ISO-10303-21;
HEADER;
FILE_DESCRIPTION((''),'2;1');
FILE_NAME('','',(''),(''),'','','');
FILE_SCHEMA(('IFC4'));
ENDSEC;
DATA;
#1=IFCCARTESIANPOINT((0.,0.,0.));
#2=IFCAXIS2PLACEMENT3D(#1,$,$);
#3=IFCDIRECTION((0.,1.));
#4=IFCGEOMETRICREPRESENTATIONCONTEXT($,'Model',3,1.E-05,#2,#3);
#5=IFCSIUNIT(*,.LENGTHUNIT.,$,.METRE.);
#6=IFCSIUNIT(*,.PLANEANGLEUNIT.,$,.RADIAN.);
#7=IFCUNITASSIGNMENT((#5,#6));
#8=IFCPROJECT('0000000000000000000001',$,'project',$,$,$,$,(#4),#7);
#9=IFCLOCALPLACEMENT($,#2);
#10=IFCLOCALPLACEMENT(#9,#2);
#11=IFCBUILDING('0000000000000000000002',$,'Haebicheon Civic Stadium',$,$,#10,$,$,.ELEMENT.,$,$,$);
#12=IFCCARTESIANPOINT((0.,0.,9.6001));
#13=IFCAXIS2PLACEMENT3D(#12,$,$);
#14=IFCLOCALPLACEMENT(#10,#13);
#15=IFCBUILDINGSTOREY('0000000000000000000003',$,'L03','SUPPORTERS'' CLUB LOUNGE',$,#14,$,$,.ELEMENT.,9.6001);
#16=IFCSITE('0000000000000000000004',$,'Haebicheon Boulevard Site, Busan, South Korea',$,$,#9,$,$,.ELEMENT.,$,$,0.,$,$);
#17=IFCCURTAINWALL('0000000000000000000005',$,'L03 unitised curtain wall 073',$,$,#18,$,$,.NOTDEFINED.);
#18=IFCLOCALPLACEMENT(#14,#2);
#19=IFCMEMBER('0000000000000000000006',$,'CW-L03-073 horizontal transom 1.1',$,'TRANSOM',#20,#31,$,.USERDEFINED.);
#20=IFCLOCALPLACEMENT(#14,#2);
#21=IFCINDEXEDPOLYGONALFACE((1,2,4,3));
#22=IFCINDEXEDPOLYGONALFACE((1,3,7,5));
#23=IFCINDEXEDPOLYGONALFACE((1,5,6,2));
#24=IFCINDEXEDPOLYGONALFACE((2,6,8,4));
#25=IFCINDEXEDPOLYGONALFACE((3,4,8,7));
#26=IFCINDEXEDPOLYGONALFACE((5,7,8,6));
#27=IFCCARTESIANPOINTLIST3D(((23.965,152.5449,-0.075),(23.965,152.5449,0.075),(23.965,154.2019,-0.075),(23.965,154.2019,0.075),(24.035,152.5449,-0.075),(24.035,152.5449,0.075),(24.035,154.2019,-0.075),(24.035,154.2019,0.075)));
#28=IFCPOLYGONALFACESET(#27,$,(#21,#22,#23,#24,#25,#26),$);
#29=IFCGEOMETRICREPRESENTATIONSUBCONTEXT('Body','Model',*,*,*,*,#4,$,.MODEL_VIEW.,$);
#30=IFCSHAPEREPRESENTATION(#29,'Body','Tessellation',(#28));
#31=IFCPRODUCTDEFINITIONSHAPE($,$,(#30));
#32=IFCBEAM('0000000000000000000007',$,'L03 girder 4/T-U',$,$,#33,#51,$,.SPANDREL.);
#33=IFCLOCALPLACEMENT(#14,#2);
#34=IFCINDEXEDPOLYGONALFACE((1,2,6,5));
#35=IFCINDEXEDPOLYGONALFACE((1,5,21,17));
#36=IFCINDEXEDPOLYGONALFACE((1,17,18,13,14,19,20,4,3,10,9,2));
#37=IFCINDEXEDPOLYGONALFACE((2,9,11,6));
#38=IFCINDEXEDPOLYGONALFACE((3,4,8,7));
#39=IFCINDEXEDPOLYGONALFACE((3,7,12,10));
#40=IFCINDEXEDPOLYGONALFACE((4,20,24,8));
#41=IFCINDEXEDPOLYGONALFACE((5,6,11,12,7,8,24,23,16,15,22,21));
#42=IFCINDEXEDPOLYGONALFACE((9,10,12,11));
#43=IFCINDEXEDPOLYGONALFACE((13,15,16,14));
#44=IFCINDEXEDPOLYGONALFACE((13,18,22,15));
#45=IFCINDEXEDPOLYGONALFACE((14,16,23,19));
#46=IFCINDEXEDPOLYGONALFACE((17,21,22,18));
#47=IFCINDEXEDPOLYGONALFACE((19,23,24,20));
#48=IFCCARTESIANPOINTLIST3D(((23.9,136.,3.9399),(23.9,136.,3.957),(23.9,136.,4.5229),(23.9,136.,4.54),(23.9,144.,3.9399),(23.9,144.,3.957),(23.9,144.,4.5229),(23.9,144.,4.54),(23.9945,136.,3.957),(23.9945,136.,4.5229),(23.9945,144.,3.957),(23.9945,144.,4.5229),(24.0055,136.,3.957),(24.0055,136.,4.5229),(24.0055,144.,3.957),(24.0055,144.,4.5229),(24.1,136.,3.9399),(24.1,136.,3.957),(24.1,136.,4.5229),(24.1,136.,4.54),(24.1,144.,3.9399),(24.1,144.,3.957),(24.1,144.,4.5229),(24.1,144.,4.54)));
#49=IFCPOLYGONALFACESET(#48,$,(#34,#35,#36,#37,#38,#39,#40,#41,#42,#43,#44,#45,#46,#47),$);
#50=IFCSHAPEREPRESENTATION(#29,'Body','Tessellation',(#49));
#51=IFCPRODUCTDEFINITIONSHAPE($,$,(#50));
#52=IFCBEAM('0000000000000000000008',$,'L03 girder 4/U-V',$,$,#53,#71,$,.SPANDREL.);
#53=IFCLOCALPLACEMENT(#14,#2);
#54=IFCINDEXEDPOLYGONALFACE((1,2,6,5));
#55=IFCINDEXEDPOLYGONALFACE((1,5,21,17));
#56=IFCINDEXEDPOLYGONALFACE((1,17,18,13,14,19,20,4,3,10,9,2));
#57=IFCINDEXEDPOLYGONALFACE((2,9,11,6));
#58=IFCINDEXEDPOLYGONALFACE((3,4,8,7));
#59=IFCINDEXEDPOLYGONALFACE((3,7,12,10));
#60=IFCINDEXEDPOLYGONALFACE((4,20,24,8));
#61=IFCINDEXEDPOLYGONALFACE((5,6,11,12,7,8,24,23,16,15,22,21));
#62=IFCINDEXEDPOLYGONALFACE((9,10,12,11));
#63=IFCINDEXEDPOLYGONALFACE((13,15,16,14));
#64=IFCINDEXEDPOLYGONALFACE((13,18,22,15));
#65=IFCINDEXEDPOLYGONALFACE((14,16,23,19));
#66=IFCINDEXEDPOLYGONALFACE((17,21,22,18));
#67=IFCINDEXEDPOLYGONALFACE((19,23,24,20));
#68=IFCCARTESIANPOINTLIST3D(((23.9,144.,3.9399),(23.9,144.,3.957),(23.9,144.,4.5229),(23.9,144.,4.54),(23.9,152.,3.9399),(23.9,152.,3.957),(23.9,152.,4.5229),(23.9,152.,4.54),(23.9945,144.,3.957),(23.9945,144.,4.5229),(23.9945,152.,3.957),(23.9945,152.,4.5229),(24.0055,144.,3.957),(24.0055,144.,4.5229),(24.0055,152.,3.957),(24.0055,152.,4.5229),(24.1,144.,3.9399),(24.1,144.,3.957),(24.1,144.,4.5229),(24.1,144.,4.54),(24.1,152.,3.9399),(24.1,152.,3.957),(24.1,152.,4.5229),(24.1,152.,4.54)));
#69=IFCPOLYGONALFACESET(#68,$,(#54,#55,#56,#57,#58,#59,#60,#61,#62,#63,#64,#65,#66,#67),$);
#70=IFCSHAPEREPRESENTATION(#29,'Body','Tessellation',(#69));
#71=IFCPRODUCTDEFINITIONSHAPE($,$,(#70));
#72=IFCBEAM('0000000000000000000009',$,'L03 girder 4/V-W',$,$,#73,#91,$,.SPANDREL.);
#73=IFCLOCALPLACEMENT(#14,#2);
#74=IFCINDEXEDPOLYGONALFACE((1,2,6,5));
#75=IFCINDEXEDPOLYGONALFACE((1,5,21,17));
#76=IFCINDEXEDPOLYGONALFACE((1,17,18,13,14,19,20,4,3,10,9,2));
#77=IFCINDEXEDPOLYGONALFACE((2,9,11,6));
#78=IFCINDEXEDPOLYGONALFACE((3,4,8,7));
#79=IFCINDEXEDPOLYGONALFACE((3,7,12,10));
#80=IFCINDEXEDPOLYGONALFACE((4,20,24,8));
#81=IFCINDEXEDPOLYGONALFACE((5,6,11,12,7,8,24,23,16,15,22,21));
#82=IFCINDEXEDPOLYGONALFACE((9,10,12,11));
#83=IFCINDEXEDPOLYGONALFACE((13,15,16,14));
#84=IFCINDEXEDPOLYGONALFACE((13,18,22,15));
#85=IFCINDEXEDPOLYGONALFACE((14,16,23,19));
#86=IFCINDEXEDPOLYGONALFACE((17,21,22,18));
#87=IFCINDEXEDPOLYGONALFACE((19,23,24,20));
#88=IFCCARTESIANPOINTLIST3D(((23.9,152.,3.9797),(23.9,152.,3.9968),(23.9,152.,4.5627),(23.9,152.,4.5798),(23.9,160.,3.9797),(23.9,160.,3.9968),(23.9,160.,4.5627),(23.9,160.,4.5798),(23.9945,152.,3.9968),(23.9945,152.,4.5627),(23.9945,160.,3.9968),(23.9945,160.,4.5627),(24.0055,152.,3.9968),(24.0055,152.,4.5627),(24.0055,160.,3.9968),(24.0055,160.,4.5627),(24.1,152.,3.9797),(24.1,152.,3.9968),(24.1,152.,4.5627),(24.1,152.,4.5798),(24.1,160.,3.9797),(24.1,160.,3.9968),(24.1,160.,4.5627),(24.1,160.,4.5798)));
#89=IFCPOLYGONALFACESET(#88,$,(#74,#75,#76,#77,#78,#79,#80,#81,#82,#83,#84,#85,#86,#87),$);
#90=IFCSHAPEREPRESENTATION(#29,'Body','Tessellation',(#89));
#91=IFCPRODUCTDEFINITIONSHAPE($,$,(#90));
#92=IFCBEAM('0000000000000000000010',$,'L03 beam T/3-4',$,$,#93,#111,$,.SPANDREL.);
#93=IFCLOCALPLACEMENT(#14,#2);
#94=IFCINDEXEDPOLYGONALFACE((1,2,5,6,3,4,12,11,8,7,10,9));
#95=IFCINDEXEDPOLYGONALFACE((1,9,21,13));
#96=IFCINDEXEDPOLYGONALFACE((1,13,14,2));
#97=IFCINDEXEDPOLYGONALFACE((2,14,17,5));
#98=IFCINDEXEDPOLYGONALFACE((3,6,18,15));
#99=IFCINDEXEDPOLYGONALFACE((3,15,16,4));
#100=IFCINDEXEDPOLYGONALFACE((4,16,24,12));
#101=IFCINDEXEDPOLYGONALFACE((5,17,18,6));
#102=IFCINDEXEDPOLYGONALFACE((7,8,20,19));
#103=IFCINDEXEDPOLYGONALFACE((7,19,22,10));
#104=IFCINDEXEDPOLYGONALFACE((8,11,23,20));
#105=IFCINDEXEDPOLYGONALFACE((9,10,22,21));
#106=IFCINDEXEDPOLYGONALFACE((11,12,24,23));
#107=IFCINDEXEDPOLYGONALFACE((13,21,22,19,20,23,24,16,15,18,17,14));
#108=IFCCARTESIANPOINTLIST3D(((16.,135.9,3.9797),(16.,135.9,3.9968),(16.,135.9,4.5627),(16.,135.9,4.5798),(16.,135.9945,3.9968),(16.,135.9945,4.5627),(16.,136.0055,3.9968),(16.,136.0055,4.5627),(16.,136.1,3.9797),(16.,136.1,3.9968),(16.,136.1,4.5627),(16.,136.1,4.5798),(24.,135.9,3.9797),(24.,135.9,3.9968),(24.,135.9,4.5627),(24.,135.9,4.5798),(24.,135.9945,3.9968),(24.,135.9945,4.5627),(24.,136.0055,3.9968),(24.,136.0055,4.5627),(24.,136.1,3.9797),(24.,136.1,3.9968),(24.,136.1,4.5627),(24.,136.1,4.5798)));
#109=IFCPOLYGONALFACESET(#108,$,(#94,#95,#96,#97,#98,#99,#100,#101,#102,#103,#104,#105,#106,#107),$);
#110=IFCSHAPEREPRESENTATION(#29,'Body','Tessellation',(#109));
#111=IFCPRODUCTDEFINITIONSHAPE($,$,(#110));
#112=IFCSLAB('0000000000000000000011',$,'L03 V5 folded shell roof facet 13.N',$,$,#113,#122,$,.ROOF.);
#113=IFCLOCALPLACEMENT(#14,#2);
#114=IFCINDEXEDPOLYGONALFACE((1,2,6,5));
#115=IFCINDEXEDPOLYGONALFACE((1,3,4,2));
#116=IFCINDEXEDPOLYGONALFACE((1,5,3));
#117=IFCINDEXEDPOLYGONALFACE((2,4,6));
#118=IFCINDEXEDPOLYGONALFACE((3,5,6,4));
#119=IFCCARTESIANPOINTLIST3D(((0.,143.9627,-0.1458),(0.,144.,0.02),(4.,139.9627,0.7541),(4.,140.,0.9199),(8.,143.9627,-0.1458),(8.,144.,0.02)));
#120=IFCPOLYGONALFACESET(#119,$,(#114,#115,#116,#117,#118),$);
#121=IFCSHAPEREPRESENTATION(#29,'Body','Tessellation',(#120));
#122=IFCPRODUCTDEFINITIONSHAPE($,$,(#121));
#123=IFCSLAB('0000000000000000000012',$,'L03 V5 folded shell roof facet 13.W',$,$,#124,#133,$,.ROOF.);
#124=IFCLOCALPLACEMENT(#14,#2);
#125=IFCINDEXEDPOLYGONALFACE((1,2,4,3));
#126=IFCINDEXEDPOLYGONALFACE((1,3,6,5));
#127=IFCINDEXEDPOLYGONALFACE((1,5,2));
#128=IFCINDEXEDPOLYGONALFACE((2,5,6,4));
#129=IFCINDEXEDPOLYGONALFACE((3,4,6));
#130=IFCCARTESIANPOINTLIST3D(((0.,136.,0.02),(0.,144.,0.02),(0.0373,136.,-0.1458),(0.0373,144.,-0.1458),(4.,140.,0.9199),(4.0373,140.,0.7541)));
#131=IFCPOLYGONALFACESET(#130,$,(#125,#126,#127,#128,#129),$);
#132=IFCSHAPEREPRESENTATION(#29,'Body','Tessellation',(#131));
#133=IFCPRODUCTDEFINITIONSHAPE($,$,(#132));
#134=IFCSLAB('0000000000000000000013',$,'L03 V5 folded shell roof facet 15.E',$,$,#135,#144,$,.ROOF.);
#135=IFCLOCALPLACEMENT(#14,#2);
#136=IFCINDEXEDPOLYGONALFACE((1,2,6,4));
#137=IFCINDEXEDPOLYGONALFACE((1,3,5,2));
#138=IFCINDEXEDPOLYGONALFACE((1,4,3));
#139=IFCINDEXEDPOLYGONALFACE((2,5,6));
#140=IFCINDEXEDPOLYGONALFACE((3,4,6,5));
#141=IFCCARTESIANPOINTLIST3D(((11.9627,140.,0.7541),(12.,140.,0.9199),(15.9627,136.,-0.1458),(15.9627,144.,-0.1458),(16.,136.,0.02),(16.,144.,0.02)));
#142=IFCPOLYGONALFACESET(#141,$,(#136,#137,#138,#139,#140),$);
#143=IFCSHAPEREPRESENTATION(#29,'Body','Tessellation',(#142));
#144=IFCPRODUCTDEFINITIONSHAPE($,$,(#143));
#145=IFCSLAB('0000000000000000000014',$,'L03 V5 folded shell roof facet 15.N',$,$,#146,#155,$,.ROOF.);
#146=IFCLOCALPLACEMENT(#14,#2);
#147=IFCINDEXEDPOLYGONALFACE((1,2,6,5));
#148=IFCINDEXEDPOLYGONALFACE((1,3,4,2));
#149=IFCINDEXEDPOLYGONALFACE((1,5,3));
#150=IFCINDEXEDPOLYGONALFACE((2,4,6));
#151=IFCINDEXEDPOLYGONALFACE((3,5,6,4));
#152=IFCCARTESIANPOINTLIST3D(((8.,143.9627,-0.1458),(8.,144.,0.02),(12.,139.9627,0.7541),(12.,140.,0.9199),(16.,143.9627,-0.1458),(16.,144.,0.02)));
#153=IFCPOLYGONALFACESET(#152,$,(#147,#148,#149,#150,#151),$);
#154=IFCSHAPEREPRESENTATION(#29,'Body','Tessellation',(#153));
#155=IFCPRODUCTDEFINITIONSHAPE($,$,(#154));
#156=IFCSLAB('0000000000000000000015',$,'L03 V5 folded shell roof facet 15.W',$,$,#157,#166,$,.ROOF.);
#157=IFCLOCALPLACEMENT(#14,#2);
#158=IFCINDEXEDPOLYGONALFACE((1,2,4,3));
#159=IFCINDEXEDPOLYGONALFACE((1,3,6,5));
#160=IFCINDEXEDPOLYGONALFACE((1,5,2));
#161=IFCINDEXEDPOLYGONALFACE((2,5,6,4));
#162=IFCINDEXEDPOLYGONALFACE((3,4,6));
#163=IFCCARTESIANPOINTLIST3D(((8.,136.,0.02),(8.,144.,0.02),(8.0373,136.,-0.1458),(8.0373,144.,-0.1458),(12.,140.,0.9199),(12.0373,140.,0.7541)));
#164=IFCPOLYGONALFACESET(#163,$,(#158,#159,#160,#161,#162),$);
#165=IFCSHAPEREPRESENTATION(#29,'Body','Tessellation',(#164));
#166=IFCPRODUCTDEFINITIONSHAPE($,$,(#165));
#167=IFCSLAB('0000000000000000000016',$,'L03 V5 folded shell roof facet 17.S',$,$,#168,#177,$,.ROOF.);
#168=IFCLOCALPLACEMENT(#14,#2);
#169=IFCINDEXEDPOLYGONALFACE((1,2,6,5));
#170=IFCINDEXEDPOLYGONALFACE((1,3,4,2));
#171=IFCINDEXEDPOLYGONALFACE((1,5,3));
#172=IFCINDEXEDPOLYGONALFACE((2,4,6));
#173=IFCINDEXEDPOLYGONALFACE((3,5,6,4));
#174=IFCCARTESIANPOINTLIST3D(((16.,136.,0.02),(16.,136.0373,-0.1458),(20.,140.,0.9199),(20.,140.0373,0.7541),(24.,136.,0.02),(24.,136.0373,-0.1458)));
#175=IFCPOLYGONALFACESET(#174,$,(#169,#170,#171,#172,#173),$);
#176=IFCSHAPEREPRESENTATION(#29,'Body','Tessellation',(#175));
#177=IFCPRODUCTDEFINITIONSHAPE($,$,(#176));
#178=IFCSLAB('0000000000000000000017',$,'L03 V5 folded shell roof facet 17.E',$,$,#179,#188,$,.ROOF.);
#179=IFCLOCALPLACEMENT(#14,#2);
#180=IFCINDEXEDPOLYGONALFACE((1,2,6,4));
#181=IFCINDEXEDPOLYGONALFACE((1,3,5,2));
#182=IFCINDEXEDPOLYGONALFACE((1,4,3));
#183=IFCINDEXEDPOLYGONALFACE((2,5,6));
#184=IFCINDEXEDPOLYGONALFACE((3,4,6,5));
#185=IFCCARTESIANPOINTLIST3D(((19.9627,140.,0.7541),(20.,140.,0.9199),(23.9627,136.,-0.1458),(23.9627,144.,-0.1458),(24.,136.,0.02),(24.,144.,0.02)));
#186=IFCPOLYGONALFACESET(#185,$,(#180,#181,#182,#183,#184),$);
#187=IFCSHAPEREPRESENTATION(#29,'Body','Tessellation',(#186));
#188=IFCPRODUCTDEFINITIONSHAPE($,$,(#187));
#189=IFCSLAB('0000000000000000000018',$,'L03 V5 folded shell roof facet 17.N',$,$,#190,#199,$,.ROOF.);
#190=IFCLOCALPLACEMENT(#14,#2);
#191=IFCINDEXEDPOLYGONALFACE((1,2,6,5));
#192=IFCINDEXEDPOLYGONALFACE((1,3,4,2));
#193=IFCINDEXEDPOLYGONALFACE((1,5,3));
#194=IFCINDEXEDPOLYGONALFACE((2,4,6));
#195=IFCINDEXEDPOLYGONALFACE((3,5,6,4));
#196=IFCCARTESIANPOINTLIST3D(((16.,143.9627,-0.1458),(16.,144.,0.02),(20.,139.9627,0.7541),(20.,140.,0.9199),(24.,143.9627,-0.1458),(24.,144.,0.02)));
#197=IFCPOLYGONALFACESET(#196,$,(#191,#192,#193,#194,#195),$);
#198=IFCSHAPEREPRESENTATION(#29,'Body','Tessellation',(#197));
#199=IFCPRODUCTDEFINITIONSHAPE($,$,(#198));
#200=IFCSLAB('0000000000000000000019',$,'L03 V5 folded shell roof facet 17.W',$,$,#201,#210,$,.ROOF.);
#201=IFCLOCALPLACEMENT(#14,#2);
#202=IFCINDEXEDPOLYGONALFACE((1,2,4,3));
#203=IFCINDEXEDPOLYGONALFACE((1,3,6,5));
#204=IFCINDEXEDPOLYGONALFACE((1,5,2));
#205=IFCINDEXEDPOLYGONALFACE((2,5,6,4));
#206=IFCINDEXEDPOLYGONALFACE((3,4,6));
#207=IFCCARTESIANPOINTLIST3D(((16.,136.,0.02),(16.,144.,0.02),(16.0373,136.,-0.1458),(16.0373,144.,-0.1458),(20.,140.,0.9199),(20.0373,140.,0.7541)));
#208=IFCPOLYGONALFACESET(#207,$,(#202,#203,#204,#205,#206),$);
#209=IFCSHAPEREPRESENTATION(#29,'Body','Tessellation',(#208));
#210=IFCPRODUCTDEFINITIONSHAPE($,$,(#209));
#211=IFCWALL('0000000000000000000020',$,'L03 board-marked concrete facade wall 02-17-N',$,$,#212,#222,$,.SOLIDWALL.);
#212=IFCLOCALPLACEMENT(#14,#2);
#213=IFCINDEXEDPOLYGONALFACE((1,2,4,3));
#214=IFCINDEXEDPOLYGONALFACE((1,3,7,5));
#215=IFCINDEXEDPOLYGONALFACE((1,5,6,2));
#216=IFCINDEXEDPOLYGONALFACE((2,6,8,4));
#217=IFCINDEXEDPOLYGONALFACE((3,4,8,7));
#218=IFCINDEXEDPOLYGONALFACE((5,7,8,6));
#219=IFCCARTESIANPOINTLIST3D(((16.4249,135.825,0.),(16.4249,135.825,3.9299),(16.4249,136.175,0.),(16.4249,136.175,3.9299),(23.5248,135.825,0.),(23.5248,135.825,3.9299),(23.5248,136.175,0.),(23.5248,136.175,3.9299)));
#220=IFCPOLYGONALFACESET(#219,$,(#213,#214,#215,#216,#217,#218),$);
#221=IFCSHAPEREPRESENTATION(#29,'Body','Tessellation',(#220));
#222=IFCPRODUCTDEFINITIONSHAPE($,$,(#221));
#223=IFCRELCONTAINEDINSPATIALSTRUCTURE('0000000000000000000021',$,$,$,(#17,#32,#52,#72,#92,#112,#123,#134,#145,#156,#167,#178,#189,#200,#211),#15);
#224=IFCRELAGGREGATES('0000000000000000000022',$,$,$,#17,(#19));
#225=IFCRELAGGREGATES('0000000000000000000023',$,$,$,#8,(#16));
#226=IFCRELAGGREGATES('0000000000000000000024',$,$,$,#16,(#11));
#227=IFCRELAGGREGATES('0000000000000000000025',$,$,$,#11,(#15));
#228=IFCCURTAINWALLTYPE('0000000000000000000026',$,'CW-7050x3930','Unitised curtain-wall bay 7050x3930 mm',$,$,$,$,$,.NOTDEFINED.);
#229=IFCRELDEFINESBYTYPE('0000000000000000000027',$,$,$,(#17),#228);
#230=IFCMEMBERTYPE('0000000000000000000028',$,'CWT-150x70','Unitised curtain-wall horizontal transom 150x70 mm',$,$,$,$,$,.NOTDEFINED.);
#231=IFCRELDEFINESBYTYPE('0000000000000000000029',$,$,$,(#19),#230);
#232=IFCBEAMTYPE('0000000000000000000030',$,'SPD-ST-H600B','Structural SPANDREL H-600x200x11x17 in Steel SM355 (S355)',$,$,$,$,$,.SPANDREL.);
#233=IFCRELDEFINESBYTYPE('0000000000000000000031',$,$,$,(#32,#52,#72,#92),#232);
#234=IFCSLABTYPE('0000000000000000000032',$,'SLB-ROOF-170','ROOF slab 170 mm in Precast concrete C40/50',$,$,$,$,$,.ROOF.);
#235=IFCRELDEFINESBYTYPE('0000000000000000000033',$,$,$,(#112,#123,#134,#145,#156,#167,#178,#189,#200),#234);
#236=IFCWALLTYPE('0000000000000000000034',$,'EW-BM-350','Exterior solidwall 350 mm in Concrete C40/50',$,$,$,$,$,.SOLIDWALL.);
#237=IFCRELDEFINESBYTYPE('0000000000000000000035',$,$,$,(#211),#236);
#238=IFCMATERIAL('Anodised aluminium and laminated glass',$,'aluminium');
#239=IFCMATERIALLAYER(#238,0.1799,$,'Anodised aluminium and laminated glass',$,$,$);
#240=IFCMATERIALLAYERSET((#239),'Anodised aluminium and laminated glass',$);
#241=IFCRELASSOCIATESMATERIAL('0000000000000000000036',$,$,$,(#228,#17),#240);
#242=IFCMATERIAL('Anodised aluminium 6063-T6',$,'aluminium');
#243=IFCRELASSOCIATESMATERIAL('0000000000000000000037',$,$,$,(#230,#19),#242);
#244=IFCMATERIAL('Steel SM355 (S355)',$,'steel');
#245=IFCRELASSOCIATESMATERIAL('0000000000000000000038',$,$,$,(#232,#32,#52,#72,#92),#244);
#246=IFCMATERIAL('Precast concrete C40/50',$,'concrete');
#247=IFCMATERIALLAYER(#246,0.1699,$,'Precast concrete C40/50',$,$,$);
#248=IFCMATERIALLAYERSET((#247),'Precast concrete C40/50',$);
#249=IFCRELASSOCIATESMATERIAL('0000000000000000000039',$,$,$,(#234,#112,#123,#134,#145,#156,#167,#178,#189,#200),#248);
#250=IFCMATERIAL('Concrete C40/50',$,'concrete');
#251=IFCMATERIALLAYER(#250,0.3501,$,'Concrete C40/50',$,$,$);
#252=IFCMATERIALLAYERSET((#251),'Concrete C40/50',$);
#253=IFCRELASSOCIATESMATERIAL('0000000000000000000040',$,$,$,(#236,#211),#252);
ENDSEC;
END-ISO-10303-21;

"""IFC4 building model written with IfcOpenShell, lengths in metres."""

from ifc_helpers import new_model, si_unit, direction, frame, frame_2d, origin, origin_2d, place, context, subcontext, project, spatial, polyline, rectangle, i_section, outline, extrude, material, layer, layer_set, material_profile, profile_set, type_object, element, aggregate, save


model = new_model("IFC4")

# Units and contexts
model_context = context("Model", 3, precision=1e-05, world=origin(), true_north=direction((0.0, 1.0)))
body_context = subcontext(model_context, "Body", "Model", "MODEL_VIEW")
ifc_project = project(units=[si_unit("LENGTHUNIT", "METRE"), si_unit("PLANEANGLEUNIT", "RADIAN")], contexts=[model_context])

# Site, building, storey
site_placement = place(None, origin())
site = spatial("IfcSite", under=ifc_project, at=site_placement, Name="Haebicheon Boulevard Site, Busan, South Korea", CompositionType="ELEMENT", RefElevation=0.0)
building_placement = place(site_placement, origin())
building = spatial("IfcBuilding", under=site, at=building_placement, Name="Haebicheon Civic Stadium", CompositionType="ELEMENT")
storey_placement = place(building_placement, frame((0.0, 0.0, 9.6001)))
storey = spatial("IfcBuildingStorey", under=building, at=storey_placement, Name="L03", Description="SUPPORTERS' CLUB LOUNGE", CompositionType="ELEMENT", Elevation=9.6001)

# Curtain wall, member
ifc_material_1 = material(Name="Anodised aluminium and laminated glass", Category="aluminium")
ifc_layer_1 = layer(ifc_material_1, 0.1799, Name="Anodised aluminium and laminated glass")
ifc_layer_set_1 = layer_set([ifc_layer_1], Name="Anodised aluminium and laminated glass")
curtain_wall_type = type_object("IfcCurtainWallType", Name="CW-7050x3930", Description="Unitised curtain-wall bay 7050x3930 mm", PredefinedType="NOTDEFINED", material=ifc_layer_set_1)
curtain_wall_placement = place(storey_placement, origin())
curtain_wall = element("IfcCurtainWall", 1, at=curtain_wall_placement, inside=storey, type_object=curtain_wall_type, material=ifc_layer_set_1, Name="L03 unitised curtain wall 073", PredefinedType="NOTDEFINED")
ifc_material_2 = material(Name="Anodised aluminium 6063-T6", Category="aluminium")
ifc_material_profile_1 = material_profile(ifc_material_2, rectangle(XDim=0.0701, YDim=0.1499, at=origin_2d()), Name="ALU-TRAN-70x150")
ifc_profile_set_1 = profile_set([ifc_material_profile_1], Name="Anodised aluminium 6063-T6")
member_type_1 = type_object("IfcMemberType", Name="CWT-150x70", Description="Unitised curtain-wall horizontal transom 150x70 mm", PredefinedType="NOTDEFINED", material=ifc_profile_set_1)
member_1_placement = place(storey_placement, frame((24.0, 152.5449, 0.0), z_axis=(0.0, 1.0, 0.0), x_axis=(-1.0, 0.0, 0.0)))
member_1 = element("IfcMember", 2, at=member_1_placement, type_object=member_type_1, material=ifc_profile_set_1, Name="CW-L03-073 horizontal transom 1.1", ObjectType="TRANSOM", PredefinedType="USERDEFINED", context=body_context, shape_type="SweptSolid", body=[
    extrude(rectangle(XDim=0.0701, YDim=0.1499, at=origin_2d()), origin(), (0.0, 0.0, 1.0), 1.657),
])
aggregate(curtain_wall, [member_1])

# Beams
ifc_material_3 = material(Name="Steel SM355 (S355)", Category="steel")
ifc_material_profile_2 = material_profile(ifc_material_3, i_section(OverallWidth=0.2, OverallDepth=0.6001, WebThickness=0.011, FlangeThickness=0.0171, at=origin_2d()), Name="H-600x200x11x17")
ifc_profile_set_2 = profile_set([ifc_material_profile_2], Name="Steel SM355 (S355)")
beam_type_1 = type_object("IfcBeamType", Name="SPD-ST-H600B", Description="Structural SPANDREL H-600x200x11x17 in Steel SM355 (S355)", PredefinedType="SPANDREL", material=ifc_profile_set_2)
for number, where, z_axis, x_axis, name in (
    (3, (24.0, 136.0, 4.24), (0.0, 1.0, 0.0), (-1.0, 0.0, 0.0), "L03 girder 4/T-U"),
    (4, (24.0, 144.0, 4.24), (0.0, 1.0, 0.0), (-1.0, 0.0, 0.0), "L03 girder 4/U-V"),
    (5, (24.0, 152.0, 4.2798), (0.0, 1.0, 0.0), (-1.0, 0.0, 0.0), "L03 girder 4/V-W"),
    (6, (16.0, 136.0, 4.2798), (1.0, 0.0, 0.0), (0.0, 1.0, 0.0), "L03 beam T/3-4"),
):
    element("IfcBeam", number, at=place(storey_placement, frame(where, z_axis=z_axis, x_axis=x_axis)), inside=storey, type_object=beam_type_1, material=ifc_profile_set_2, Name=name, PredefinedType="SPANDREL", context=body_context, shape_type="SweptSolid", body=[
        extrude(i_section(OverallWidth=0.2, OverallDepth=0.6001, WebThickness=0.011, FlangeThickness=0.0171, at=origin_2d()), origin(), (0.0, 0.0, 1.0), 8.0),
    ])

# Slabs
ifc_material_4 = material(Name="Precast concrete C40/50", Category="concrete")
ifc_layer_2 = layer(ifc_material_4, 0.1699, Name="Precast concrete C40/50")
ifc_layer_set_2 = layer_set([ifc_layer_2], Name="Precast concrete C40/50")
slab_type = type_object("IfcSlabType", Name="SLB-ROOF-170", Description="ROOF slab 170 mm in Precast concrete C40/50", PredefinedType="ROOF", material=ifc_layer_set_2)
for number, where, z_axis, x_axis, name in (
    (7, (8.0, 144.0, 0.02), (0.0, 0.21949, 0.975615), (-1.0, 0.0, 0.0), "L03 V5 folded shell roof facet 13.N"),
    (8, (0.0, 144.0, 0.02), (-0.21949, 0.0, 0.975615), (0.0, -1.0, 0.0), "L03 V5 folded shell roof facet 13.W"),
    (9, (16.0, 136.0, 0.02), (0.21949, 0.0, 0.975615), (0.0, 1.0, 0.0), "L03 V5 folded shell roof facet 15.E"),
    (10, (16.0, 144.0, 0.02), (0.0, 0.21949, 0.975615), (-1.0, 0.0, 0.0), "L03 V5 folded shell roof facet 15.N"),
    (11, (8.0, 144.0, 0.02), (-0.21949, 0.0, 0.975615), (0.0, -1.0, 0.0), "L03 V5 folded shell roof facet 15.W"),
    (12, (16.0, 136.0, 0.02), (0.0, -0.21949, 0.975615), (1.0, 0.0, 0.0), "L03 V5 folded shell roof facet 17.S"),
    (13, (24.0, 136.0, 0.02), (0.21949, 0.0, 0.975615), (0.0, 1.0, 0.0), "L03 V5 folded shell roof facet 17.E"),
    (14, (24.0, 144.0, 0.02), (0.0, 0.21949, 0.975615), (-1.0, 0.0, 0.0), "L03 V5 folded shell roof facet 17.N"),
    (15, (16.0, 144.0, 0.02), (-0.21949, 0.0, 0.975615), (0.0, -1.0, 0.0), "L03 V5 folded shell roof facet 17.W"),
):
    element("IfcSlab", number, at=place(storey_placement, frame(where, z_axis=z_axis, x_axis=x_axis)), inside=storey, type_object=slab_type, material=ifc_layer_set_2, Name=name, PredefinedType="ROOF", context=body_context, shape_type="SweptSolid", body=[
        extrude(outline(polyline([(0.0, 0.0), (8.0, 0.0), (4.0, 4.1), (0.0, 0.0)])), origin(), (0.0, 0.0, -1.0), 0.1699),
    ])

# Wall
ifc_material_5 = material(Name="Concrete C40/50", Category="concrete")
ifc_layer_3 = layer(ifc_material_5, 0.3501, Name="Concrete C40/50")
ifc_layer_set_3 = layer_set([ifc_layer_3], Name="Concrete C40/50")
wall_type = type_object("IfcWallType", Name="EW-BM-350", Description="Exterior solidwall 350 mm in Concrete C40/50", PredefinedType="SOLIDWALL", material=ifc_layer_set_3)
wall_placement = place(storey_placement, frame((16.425, 136.0, 0.0), z_axis=(0.0, 0.0, 1.0), x_axis=(1.0, 0.0, 0.0)))
element("IfcWall", 16, at=wall_placement, inside=storey, type_object=wall_type, material=ifc_layer_set_3, Name="L03 board-marked concrete facade wall 02-17-N", PredefinedType="SOLIDWALL", context=body_context, shape_type="SweptSolid", body=[
    extrude(rectangle(XDim=7.0999, YDim=0.3501, at=frame_2d((3.5498, 0.0))), origin(), (0.0, 0.0, 1.0), 3.9299),
])

save(model, "model.ifc")
